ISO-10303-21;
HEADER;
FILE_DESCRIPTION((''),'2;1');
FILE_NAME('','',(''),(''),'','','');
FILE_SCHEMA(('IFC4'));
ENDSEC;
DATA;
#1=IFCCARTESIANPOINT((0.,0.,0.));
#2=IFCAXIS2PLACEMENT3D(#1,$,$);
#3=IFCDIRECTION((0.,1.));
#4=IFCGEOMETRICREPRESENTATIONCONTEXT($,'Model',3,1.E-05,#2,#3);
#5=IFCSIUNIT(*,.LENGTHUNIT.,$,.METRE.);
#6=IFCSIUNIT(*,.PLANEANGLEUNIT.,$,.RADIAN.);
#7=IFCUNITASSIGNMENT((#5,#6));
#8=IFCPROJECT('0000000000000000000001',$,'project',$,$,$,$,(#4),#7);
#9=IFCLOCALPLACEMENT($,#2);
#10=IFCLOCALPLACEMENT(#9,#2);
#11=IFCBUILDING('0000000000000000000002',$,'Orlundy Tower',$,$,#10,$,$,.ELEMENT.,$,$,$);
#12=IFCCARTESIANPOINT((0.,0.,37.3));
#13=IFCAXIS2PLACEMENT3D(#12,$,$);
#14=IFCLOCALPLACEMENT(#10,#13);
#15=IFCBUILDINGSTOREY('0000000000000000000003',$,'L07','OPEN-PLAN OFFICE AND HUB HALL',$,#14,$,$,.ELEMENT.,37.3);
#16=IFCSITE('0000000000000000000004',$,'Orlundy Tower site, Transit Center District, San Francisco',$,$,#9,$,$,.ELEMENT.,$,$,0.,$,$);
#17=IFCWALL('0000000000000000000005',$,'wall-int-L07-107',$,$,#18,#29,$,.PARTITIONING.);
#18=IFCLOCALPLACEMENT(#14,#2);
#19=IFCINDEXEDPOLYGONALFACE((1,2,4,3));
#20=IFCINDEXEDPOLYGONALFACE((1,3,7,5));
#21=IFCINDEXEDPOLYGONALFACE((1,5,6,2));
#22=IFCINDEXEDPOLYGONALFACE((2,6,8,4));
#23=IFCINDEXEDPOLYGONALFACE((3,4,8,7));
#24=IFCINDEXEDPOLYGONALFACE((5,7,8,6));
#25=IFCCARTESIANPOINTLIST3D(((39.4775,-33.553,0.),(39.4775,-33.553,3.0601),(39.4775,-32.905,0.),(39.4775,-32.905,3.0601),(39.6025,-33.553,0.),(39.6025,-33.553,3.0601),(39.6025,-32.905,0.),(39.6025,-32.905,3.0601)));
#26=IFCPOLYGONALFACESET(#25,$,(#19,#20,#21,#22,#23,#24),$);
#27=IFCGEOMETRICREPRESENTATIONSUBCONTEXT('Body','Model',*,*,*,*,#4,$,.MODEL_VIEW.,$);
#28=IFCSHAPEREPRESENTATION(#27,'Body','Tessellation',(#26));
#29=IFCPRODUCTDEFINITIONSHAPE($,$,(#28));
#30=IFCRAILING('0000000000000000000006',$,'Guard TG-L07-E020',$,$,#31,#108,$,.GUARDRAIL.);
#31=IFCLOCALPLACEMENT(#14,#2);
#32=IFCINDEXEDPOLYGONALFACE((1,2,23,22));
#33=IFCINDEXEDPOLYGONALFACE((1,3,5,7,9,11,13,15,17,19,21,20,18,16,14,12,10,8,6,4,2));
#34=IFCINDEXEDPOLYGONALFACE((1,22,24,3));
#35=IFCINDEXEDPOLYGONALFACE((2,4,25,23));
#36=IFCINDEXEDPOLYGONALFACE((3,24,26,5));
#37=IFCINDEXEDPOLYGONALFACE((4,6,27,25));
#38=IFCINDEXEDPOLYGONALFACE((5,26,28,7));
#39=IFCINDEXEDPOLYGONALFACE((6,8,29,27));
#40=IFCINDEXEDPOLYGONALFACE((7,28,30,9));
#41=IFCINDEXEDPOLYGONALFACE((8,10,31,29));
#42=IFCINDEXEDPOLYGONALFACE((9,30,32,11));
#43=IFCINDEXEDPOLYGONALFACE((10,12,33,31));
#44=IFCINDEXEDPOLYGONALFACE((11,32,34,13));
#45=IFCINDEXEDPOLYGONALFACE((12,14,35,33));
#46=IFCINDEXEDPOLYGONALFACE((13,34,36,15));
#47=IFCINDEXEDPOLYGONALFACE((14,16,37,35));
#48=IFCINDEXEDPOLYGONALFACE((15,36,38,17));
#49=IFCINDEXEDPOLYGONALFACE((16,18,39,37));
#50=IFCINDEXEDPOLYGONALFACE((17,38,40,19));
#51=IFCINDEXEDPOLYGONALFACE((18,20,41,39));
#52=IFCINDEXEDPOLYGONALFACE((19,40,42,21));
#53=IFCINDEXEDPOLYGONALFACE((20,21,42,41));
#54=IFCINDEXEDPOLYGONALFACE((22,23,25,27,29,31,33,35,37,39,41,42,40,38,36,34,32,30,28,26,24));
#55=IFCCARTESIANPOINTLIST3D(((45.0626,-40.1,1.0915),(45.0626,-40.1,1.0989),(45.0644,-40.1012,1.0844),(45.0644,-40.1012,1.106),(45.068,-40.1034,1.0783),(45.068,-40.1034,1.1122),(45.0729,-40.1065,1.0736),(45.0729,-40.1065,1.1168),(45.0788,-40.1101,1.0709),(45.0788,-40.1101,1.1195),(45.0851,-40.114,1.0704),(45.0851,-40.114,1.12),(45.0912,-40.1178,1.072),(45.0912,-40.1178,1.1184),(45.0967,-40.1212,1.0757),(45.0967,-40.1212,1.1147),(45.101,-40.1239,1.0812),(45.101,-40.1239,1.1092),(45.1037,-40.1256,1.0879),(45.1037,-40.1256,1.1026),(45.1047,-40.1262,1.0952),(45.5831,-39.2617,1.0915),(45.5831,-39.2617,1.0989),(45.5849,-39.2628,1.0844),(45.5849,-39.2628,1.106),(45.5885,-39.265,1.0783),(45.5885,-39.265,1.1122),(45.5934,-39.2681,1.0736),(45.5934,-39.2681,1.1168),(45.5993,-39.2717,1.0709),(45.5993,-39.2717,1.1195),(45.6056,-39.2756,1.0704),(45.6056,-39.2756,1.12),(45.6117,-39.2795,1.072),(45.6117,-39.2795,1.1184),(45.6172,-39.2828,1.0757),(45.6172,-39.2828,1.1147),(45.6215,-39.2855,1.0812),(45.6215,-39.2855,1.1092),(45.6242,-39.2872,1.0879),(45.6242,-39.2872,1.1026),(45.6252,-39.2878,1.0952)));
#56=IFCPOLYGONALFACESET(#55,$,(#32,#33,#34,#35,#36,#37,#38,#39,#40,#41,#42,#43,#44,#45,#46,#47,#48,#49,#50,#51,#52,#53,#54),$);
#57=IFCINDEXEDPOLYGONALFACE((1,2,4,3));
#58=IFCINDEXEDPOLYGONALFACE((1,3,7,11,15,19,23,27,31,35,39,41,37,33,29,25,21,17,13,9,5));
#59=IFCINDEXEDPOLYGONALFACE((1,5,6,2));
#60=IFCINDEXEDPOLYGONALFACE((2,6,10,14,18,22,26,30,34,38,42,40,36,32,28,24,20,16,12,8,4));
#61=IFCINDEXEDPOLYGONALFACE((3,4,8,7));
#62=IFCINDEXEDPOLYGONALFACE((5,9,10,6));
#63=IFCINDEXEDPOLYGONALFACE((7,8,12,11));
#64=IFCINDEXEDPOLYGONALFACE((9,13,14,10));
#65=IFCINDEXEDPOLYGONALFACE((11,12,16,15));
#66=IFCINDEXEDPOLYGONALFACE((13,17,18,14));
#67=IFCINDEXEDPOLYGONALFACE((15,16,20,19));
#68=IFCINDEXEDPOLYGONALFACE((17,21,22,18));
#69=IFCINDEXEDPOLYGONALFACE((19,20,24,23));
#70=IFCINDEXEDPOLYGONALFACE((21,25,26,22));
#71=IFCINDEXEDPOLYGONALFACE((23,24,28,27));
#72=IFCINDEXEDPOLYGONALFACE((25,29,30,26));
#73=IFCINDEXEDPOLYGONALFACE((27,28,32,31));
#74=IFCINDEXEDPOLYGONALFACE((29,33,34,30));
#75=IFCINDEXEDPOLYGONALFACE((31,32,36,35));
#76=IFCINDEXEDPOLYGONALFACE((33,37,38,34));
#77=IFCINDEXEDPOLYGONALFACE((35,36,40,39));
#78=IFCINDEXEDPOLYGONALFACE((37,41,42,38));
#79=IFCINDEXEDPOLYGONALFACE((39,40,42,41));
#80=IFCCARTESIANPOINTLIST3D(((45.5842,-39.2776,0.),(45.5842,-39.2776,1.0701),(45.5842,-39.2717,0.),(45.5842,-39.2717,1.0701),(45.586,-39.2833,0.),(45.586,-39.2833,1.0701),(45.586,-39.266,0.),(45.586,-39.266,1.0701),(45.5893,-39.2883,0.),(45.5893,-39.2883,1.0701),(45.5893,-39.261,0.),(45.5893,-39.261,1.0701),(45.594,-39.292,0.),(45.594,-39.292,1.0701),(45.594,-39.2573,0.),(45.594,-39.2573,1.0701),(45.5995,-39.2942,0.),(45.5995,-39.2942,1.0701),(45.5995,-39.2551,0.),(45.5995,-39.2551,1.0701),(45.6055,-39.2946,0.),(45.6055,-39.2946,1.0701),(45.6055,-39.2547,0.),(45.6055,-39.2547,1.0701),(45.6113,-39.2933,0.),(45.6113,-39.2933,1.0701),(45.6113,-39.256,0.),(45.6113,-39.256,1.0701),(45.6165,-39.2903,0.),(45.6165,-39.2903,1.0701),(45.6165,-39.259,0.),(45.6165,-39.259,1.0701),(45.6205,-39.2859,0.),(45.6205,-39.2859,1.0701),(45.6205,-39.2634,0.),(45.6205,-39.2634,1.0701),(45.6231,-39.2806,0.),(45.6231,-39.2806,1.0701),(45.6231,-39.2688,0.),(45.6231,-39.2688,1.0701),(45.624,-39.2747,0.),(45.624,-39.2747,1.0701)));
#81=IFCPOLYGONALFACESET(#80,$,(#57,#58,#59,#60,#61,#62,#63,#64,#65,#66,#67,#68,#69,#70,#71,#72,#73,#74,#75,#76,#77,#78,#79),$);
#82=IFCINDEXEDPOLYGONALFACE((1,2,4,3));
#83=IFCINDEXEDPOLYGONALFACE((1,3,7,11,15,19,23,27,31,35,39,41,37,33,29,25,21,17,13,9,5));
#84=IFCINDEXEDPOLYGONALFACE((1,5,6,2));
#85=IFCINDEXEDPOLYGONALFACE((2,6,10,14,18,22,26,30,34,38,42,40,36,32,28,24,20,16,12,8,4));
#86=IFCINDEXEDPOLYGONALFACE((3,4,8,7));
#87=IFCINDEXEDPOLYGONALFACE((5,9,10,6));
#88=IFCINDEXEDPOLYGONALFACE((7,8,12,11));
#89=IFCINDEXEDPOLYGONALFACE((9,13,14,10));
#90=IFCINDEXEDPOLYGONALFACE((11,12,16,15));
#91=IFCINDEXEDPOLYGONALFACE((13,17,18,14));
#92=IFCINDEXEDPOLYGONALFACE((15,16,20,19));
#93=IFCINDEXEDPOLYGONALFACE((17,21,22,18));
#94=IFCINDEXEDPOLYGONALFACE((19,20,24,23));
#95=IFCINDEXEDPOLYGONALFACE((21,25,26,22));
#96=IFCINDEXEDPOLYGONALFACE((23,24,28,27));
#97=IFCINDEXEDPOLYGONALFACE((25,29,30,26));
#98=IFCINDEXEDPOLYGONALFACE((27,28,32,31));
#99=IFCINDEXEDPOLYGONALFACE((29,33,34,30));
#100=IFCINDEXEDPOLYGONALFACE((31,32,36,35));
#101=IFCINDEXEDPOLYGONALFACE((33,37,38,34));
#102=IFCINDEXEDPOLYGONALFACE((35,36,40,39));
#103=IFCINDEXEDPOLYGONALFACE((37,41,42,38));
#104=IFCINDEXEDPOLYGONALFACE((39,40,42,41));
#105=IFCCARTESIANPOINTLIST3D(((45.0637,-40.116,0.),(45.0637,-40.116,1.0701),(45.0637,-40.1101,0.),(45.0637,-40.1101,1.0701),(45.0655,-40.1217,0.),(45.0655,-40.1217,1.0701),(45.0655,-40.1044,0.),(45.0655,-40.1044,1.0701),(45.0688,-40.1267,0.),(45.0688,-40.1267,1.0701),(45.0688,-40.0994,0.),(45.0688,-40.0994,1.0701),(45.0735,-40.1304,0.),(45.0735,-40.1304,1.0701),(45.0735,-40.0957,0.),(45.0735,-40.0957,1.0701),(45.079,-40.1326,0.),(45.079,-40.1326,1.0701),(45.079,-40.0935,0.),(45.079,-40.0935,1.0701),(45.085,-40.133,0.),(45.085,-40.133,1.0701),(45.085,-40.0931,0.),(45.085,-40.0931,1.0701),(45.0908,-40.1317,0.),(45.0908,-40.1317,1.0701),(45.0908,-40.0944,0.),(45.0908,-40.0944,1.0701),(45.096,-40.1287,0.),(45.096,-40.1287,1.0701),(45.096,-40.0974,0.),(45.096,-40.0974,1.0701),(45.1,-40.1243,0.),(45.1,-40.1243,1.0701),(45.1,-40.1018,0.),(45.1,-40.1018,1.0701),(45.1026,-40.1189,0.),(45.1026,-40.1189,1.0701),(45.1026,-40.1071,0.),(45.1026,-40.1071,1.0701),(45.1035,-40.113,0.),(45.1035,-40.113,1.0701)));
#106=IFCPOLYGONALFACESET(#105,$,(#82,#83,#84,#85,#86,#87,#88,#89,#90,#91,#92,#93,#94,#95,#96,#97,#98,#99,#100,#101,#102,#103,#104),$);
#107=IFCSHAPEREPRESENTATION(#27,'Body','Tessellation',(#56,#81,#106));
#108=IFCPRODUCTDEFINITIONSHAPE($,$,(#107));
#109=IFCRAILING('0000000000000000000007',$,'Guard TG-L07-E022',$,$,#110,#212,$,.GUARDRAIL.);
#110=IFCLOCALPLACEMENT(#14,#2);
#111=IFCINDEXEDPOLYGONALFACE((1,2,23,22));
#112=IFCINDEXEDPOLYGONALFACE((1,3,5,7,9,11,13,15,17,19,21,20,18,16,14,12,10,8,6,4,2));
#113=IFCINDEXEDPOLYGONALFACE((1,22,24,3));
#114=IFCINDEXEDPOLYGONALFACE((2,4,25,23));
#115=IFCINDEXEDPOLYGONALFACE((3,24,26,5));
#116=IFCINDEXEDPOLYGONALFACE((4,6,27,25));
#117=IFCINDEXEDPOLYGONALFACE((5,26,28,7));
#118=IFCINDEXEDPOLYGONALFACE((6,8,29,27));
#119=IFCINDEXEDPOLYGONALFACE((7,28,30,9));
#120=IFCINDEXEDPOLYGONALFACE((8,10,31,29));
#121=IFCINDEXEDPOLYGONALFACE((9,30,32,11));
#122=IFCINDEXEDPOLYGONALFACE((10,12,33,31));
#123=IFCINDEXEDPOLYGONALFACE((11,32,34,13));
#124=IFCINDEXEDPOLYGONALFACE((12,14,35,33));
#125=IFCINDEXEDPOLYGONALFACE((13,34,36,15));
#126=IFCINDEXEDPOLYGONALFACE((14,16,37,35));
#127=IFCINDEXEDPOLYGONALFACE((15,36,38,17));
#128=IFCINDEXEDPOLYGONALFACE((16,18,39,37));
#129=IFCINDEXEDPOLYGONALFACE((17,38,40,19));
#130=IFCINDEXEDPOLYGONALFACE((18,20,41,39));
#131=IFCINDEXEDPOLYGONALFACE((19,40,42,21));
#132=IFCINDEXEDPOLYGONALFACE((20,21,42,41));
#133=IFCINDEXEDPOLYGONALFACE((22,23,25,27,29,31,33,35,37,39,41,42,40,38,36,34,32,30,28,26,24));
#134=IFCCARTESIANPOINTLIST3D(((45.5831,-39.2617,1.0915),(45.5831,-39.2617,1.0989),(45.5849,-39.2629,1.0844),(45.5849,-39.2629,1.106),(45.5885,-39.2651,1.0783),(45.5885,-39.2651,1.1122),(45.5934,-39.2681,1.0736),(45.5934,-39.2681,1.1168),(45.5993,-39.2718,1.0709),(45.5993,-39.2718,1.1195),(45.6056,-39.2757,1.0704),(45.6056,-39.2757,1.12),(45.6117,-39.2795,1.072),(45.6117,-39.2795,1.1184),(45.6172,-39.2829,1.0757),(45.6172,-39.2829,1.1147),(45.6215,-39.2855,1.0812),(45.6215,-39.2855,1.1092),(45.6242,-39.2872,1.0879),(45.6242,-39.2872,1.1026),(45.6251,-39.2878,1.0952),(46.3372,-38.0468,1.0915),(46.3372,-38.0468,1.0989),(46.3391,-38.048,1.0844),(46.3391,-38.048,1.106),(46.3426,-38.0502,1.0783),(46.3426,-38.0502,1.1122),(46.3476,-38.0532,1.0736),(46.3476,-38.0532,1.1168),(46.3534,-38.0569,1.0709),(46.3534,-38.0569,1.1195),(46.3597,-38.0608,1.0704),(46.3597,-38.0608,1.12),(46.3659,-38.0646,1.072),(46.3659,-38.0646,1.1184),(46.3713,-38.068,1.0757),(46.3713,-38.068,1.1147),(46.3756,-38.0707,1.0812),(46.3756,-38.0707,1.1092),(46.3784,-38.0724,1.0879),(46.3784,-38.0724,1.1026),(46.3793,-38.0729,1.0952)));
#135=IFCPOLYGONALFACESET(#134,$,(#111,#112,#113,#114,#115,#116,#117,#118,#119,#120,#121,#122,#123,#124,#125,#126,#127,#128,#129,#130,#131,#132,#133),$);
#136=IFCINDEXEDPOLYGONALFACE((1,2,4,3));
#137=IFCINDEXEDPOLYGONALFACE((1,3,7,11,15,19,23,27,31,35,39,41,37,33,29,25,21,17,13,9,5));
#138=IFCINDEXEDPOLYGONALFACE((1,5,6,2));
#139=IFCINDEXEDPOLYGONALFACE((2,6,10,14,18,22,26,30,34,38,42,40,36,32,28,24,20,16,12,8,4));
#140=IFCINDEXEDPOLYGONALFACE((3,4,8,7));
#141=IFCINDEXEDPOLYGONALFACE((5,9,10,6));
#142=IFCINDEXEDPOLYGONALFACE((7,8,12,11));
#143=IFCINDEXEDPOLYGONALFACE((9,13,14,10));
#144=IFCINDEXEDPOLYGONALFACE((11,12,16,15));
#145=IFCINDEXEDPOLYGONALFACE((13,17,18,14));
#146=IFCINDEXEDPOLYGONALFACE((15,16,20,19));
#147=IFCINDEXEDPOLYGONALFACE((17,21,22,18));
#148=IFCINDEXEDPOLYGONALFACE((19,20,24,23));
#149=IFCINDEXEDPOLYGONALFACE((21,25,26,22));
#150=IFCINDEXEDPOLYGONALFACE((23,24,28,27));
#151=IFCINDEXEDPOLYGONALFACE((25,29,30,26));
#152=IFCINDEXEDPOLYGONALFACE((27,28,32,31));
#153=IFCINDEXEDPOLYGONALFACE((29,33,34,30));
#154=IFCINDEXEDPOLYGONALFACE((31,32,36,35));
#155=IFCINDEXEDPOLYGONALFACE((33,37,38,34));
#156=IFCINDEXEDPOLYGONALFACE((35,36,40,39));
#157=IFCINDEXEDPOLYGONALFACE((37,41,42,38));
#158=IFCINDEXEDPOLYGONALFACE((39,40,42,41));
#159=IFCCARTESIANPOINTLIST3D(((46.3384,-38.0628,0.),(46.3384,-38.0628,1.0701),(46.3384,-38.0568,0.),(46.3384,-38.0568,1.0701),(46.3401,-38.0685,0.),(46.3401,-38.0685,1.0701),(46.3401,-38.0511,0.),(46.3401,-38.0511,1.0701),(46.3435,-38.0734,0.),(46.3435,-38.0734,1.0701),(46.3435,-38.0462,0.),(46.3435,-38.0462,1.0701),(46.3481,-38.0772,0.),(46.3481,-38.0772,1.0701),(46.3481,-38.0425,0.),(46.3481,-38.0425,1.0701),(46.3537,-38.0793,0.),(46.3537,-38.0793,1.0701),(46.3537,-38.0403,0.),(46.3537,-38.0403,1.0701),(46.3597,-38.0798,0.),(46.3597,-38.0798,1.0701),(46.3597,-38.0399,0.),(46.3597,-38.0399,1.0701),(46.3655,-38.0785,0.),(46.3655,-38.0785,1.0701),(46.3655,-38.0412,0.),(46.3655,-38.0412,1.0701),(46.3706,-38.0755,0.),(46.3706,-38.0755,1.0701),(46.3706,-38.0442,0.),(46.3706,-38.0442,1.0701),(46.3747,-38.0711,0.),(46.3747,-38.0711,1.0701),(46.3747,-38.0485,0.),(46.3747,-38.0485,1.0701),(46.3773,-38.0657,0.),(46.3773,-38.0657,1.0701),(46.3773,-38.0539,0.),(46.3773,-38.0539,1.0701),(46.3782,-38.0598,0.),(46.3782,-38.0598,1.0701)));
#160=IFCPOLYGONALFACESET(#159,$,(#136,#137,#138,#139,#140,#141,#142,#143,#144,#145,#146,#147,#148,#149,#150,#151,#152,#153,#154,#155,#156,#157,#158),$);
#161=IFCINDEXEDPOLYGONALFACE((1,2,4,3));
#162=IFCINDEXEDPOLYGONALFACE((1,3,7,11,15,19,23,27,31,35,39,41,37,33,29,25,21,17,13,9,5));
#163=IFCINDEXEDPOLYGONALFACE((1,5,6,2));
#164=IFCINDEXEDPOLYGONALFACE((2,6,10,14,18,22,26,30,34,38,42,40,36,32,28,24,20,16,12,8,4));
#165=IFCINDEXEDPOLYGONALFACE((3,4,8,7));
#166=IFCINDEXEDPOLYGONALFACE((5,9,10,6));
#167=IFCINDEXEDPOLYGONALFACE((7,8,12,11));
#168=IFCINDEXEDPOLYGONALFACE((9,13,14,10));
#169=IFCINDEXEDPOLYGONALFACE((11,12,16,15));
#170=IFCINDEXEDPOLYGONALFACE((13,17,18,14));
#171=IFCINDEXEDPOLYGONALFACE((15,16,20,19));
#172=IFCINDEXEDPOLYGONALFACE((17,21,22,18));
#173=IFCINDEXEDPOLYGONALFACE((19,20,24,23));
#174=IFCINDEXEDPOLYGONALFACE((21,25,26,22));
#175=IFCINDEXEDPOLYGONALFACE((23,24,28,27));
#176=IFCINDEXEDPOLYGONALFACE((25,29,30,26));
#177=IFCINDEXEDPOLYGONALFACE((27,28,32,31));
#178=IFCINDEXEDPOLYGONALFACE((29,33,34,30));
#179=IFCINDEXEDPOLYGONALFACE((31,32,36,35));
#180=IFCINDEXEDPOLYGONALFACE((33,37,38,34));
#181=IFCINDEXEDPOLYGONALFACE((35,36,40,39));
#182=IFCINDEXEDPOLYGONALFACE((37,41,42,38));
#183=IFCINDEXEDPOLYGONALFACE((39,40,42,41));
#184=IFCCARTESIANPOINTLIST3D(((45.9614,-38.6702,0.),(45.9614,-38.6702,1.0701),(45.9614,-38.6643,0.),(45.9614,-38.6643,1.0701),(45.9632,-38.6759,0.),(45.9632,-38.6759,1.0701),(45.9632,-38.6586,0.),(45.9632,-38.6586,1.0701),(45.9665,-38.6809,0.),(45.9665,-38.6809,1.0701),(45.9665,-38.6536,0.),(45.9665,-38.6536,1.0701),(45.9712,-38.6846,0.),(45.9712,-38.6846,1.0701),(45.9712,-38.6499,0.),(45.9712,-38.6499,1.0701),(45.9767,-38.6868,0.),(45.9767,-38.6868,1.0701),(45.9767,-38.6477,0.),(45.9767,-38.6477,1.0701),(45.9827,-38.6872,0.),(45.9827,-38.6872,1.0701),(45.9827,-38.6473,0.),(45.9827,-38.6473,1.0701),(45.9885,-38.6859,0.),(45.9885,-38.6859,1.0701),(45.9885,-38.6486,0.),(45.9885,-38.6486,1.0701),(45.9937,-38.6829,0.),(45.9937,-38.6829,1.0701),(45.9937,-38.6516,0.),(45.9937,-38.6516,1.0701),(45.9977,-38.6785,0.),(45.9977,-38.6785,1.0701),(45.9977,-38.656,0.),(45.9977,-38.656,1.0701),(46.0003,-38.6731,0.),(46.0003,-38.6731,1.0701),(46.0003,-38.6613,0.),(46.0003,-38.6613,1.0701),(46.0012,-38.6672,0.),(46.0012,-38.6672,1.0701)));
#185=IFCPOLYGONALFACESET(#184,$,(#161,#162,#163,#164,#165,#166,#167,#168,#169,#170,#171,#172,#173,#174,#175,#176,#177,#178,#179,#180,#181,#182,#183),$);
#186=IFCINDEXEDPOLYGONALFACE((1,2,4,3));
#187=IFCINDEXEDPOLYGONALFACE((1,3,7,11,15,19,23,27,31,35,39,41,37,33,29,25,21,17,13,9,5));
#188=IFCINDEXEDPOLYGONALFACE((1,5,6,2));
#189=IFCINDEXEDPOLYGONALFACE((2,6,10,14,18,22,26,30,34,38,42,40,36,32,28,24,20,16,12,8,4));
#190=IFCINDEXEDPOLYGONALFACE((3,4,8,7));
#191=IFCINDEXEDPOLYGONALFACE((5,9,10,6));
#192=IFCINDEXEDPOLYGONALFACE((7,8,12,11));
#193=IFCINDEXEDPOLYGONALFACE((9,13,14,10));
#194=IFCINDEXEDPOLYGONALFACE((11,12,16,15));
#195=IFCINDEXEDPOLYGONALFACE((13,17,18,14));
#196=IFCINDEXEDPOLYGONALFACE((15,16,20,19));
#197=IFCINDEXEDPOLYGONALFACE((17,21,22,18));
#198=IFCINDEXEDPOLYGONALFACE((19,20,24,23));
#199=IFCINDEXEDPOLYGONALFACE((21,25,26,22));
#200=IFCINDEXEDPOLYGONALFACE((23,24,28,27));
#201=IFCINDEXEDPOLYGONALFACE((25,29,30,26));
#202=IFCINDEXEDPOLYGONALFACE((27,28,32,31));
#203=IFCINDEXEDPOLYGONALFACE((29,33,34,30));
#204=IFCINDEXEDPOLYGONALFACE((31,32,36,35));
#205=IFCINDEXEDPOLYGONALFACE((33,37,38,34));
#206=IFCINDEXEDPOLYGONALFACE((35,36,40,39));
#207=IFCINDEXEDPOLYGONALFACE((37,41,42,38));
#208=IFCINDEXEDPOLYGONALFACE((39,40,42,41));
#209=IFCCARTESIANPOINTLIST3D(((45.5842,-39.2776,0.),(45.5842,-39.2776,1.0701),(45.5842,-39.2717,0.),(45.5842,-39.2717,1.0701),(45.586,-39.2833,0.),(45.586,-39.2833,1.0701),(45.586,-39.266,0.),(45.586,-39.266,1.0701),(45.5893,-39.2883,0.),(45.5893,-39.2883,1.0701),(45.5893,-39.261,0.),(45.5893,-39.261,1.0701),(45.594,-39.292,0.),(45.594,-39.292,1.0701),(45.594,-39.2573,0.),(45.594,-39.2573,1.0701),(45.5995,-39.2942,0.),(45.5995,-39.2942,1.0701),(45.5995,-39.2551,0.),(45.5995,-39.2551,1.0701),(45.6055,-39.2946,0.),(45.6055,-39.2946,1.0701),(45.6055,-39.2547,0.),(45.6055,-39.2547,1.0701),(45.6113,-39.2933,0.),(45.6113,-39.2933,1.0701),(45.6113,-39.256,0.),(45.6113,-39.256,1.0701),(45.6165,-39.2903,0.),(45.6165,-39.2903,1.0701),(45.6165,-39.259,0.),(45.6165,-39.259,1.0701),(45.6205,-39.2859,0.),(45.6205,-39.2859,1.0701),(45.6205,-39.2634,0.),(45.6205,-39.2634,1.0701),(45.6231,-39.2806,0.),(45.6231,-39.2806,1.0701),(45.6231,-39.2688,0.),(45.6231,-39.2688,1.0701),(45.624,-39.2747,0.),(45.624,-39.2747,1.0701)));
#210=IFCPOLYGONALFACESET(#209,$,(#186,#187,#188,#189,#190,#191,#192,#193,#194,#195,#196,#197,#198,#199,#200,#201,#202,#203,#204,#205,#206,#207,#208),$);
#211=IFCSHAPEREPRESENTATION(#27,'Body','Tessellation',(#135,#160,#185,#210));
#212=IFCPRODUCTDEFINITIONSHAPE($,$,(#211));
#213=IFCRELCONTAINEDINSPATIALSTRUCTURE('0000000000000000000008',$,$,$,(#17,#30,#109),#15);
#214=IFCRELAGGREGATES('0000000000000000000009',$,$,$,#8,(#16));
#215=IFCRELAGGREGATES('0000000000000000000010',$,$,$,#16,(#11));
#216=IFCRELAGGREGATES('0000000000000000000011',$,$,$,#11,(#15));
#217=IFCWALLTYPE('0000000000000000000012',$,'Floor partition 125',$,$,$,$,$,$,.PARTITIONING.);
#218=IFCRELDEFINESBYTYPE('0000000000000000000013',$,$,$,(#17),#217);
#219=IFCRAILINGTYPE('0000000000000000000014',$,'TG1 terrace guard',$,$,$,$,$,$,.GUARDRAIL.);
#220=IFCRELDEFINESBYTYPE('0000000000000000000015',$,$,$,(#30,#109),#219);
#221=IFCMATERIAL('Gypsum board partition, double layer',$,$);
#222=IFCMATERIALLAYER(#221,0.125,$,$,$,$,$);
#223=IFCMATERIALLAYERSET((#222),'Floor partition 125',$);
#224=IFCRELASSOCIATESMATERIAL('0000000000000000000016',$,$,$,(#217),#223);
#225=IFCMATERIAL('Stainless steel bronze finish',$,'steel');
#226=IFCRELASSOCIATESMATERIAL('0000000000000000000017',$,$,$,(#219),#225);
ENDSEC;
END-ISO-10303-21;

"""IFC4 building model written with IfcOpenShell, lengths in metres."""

from ifc_helpers import new_model, si_unit, direction, frame, frame_2d, origin, origin_2d, place, context, subcontext, project, spatial, rectangle, circle, extrude, material, layer, layer_set, type_object, element, save


model = new_model("IFC4")

# Units and contexts
model_context = context("Model", 3, precision=1e-05, world=origin(), true_north=direction((0.0, 1.0)))
body_context = subcontext(model_context, "Body", "Model", "MODEL_VIEW")
ifc_project = project(units=[si_unit("LENGTHUNIT", "METRE"), si_unit("PLANEANGLEUNIT", "RADIAN")], contexts=[model_context])

# Site, building, storey
site_placement = place(None, origin())
site = spatial("IfcSite", under=ifc_project, at=site_placement, Name="Orlundy Tower site, Transit Center District, San Francisco", CompositionType="ELEMENT", RefElevation=0.0)
building_placement = place(site_placement, origin())
building = spatial("IfcBuilding", under=site, at=building_placement, Name="Orlundy Tower", CompositionType="ELEMENT")
storey_placement = place(building_placement, frame((0.0, 0.0, 37.3)))
storey = spatial("IfcBuildingStorey", under=building, at=storey_placement, Name="L07", Description="OPEN-PLAN OFFICE AND HUB HALL", CompositionType="ELEMENT", Elevation=37.3)

# Shared definitions
ifc_material_1 = material(Name="Gypsum board partition, double layer")
ifc_layer_1 = layer(ifc_material_1, 0.125)
ifc_layer_set_1 = layer_set([ifc_layer_1], Name="Floor partition 125")
wall_type_1 = type_object("IfcWallType", Name="Floor partition 125", PredefinedType="PARTITIONING", material=ifc_layer_set_1)

# Wall
wall_1_placement = place(storey_placement, frame((39.54, -33.553, 0.0), z_axis=(0.0, 0.0, 1.0), x_axis=(0.0, 1.0, 0.0)))
element("IfcWall", 1, at=wall_1_placement, inside=storey, type_object=wall_type_1, Name="wall-int-L07-107", PredefinedType="PARTITIONING", context=body_context, shape_type="SweptSolid", body=[
    extrude(rectangle(XDim=0.6479, YDim=0.125, at=frame_2d((0.324, 0.0))), origin(), (0.0, 0.0, 1.0), 3.0601),
])

# Railings
ifc_material_2 = material(Name="Stainless steel bronze finish", Category="steel")
railing_type = type_object("IfcRailingType", Name="TG1 terrace guard", PredefinedType="GUARDRAIL", material=ifc_material_2)
railing_1_placement = place(storey_placement, frame((45.604, -39.2747, 0.0)))
element("IfcRailing", 2, at=railing_1_placement, inside=storey, type_object=railing_type, Name="Guard TG-L07-E020", PredefinedType="GUARDRAIL", context=body_context, shape_type="SweptSolid", body=[
    extrude(circle(Radius=0.0249, at=origin_2d()), frame((0.0, 0.0, 1.0952), z_axis=(-0.527461, -0.849579, 0.0), x_axis=(0.849579, -0.527461, 0.0)), (0.0, 0.0, 1.0), 0.9868),
    extrude(circle(Radius=0.02, at=origin_2d()), origin(), (0.0, 0.0, 1.0), 1.0701),
    extrude(circle(Radius=0.02, at=origin_2d()), frame((-0.5205, -0.8384, 0.0)), (0.0, 0.0, 1.0), 1.0701),
])
railing_2_placement = place(storey_placement, frame((46.3582, -38.0598, 0.0)))
element("IfcRailing", 3, at=railing_2_placement, inside=storey, type_object=railing_type, Name="Guard TG-L07-E022", PredefinedType="GUARDRAIL", context=body_context, shape_type="SweptSolid", body=[
    extrude(circle(Radius=0.0249, at=origin_2d()), frame((0.0, 0.0, 1.0952), z_axis=(-0.527418, -0.849606, 0.0), x_axis=(0.849606, -0.527418, 0.0)), (0.0, 0.0, 1.0), 1.4299),
    extrude(circle(Radius=0.02, at=origin_2d()), origin(), (0.0, 0.0, 1.0), 1.0701),
    extrude(circle(Radius=0.02, at=origin_2d()), frame((-0.377, -0.6074, 0.0)), (0.0, 0.0, 1.0), 1.0701),
    extrude(circle(Radius=0.02, at=origin_2d()), frame((-0.7542, -1.2148, 0.0)), (0.0, 0.0, 1.0), 1.0701),
])

save(model, "model.ifc")
